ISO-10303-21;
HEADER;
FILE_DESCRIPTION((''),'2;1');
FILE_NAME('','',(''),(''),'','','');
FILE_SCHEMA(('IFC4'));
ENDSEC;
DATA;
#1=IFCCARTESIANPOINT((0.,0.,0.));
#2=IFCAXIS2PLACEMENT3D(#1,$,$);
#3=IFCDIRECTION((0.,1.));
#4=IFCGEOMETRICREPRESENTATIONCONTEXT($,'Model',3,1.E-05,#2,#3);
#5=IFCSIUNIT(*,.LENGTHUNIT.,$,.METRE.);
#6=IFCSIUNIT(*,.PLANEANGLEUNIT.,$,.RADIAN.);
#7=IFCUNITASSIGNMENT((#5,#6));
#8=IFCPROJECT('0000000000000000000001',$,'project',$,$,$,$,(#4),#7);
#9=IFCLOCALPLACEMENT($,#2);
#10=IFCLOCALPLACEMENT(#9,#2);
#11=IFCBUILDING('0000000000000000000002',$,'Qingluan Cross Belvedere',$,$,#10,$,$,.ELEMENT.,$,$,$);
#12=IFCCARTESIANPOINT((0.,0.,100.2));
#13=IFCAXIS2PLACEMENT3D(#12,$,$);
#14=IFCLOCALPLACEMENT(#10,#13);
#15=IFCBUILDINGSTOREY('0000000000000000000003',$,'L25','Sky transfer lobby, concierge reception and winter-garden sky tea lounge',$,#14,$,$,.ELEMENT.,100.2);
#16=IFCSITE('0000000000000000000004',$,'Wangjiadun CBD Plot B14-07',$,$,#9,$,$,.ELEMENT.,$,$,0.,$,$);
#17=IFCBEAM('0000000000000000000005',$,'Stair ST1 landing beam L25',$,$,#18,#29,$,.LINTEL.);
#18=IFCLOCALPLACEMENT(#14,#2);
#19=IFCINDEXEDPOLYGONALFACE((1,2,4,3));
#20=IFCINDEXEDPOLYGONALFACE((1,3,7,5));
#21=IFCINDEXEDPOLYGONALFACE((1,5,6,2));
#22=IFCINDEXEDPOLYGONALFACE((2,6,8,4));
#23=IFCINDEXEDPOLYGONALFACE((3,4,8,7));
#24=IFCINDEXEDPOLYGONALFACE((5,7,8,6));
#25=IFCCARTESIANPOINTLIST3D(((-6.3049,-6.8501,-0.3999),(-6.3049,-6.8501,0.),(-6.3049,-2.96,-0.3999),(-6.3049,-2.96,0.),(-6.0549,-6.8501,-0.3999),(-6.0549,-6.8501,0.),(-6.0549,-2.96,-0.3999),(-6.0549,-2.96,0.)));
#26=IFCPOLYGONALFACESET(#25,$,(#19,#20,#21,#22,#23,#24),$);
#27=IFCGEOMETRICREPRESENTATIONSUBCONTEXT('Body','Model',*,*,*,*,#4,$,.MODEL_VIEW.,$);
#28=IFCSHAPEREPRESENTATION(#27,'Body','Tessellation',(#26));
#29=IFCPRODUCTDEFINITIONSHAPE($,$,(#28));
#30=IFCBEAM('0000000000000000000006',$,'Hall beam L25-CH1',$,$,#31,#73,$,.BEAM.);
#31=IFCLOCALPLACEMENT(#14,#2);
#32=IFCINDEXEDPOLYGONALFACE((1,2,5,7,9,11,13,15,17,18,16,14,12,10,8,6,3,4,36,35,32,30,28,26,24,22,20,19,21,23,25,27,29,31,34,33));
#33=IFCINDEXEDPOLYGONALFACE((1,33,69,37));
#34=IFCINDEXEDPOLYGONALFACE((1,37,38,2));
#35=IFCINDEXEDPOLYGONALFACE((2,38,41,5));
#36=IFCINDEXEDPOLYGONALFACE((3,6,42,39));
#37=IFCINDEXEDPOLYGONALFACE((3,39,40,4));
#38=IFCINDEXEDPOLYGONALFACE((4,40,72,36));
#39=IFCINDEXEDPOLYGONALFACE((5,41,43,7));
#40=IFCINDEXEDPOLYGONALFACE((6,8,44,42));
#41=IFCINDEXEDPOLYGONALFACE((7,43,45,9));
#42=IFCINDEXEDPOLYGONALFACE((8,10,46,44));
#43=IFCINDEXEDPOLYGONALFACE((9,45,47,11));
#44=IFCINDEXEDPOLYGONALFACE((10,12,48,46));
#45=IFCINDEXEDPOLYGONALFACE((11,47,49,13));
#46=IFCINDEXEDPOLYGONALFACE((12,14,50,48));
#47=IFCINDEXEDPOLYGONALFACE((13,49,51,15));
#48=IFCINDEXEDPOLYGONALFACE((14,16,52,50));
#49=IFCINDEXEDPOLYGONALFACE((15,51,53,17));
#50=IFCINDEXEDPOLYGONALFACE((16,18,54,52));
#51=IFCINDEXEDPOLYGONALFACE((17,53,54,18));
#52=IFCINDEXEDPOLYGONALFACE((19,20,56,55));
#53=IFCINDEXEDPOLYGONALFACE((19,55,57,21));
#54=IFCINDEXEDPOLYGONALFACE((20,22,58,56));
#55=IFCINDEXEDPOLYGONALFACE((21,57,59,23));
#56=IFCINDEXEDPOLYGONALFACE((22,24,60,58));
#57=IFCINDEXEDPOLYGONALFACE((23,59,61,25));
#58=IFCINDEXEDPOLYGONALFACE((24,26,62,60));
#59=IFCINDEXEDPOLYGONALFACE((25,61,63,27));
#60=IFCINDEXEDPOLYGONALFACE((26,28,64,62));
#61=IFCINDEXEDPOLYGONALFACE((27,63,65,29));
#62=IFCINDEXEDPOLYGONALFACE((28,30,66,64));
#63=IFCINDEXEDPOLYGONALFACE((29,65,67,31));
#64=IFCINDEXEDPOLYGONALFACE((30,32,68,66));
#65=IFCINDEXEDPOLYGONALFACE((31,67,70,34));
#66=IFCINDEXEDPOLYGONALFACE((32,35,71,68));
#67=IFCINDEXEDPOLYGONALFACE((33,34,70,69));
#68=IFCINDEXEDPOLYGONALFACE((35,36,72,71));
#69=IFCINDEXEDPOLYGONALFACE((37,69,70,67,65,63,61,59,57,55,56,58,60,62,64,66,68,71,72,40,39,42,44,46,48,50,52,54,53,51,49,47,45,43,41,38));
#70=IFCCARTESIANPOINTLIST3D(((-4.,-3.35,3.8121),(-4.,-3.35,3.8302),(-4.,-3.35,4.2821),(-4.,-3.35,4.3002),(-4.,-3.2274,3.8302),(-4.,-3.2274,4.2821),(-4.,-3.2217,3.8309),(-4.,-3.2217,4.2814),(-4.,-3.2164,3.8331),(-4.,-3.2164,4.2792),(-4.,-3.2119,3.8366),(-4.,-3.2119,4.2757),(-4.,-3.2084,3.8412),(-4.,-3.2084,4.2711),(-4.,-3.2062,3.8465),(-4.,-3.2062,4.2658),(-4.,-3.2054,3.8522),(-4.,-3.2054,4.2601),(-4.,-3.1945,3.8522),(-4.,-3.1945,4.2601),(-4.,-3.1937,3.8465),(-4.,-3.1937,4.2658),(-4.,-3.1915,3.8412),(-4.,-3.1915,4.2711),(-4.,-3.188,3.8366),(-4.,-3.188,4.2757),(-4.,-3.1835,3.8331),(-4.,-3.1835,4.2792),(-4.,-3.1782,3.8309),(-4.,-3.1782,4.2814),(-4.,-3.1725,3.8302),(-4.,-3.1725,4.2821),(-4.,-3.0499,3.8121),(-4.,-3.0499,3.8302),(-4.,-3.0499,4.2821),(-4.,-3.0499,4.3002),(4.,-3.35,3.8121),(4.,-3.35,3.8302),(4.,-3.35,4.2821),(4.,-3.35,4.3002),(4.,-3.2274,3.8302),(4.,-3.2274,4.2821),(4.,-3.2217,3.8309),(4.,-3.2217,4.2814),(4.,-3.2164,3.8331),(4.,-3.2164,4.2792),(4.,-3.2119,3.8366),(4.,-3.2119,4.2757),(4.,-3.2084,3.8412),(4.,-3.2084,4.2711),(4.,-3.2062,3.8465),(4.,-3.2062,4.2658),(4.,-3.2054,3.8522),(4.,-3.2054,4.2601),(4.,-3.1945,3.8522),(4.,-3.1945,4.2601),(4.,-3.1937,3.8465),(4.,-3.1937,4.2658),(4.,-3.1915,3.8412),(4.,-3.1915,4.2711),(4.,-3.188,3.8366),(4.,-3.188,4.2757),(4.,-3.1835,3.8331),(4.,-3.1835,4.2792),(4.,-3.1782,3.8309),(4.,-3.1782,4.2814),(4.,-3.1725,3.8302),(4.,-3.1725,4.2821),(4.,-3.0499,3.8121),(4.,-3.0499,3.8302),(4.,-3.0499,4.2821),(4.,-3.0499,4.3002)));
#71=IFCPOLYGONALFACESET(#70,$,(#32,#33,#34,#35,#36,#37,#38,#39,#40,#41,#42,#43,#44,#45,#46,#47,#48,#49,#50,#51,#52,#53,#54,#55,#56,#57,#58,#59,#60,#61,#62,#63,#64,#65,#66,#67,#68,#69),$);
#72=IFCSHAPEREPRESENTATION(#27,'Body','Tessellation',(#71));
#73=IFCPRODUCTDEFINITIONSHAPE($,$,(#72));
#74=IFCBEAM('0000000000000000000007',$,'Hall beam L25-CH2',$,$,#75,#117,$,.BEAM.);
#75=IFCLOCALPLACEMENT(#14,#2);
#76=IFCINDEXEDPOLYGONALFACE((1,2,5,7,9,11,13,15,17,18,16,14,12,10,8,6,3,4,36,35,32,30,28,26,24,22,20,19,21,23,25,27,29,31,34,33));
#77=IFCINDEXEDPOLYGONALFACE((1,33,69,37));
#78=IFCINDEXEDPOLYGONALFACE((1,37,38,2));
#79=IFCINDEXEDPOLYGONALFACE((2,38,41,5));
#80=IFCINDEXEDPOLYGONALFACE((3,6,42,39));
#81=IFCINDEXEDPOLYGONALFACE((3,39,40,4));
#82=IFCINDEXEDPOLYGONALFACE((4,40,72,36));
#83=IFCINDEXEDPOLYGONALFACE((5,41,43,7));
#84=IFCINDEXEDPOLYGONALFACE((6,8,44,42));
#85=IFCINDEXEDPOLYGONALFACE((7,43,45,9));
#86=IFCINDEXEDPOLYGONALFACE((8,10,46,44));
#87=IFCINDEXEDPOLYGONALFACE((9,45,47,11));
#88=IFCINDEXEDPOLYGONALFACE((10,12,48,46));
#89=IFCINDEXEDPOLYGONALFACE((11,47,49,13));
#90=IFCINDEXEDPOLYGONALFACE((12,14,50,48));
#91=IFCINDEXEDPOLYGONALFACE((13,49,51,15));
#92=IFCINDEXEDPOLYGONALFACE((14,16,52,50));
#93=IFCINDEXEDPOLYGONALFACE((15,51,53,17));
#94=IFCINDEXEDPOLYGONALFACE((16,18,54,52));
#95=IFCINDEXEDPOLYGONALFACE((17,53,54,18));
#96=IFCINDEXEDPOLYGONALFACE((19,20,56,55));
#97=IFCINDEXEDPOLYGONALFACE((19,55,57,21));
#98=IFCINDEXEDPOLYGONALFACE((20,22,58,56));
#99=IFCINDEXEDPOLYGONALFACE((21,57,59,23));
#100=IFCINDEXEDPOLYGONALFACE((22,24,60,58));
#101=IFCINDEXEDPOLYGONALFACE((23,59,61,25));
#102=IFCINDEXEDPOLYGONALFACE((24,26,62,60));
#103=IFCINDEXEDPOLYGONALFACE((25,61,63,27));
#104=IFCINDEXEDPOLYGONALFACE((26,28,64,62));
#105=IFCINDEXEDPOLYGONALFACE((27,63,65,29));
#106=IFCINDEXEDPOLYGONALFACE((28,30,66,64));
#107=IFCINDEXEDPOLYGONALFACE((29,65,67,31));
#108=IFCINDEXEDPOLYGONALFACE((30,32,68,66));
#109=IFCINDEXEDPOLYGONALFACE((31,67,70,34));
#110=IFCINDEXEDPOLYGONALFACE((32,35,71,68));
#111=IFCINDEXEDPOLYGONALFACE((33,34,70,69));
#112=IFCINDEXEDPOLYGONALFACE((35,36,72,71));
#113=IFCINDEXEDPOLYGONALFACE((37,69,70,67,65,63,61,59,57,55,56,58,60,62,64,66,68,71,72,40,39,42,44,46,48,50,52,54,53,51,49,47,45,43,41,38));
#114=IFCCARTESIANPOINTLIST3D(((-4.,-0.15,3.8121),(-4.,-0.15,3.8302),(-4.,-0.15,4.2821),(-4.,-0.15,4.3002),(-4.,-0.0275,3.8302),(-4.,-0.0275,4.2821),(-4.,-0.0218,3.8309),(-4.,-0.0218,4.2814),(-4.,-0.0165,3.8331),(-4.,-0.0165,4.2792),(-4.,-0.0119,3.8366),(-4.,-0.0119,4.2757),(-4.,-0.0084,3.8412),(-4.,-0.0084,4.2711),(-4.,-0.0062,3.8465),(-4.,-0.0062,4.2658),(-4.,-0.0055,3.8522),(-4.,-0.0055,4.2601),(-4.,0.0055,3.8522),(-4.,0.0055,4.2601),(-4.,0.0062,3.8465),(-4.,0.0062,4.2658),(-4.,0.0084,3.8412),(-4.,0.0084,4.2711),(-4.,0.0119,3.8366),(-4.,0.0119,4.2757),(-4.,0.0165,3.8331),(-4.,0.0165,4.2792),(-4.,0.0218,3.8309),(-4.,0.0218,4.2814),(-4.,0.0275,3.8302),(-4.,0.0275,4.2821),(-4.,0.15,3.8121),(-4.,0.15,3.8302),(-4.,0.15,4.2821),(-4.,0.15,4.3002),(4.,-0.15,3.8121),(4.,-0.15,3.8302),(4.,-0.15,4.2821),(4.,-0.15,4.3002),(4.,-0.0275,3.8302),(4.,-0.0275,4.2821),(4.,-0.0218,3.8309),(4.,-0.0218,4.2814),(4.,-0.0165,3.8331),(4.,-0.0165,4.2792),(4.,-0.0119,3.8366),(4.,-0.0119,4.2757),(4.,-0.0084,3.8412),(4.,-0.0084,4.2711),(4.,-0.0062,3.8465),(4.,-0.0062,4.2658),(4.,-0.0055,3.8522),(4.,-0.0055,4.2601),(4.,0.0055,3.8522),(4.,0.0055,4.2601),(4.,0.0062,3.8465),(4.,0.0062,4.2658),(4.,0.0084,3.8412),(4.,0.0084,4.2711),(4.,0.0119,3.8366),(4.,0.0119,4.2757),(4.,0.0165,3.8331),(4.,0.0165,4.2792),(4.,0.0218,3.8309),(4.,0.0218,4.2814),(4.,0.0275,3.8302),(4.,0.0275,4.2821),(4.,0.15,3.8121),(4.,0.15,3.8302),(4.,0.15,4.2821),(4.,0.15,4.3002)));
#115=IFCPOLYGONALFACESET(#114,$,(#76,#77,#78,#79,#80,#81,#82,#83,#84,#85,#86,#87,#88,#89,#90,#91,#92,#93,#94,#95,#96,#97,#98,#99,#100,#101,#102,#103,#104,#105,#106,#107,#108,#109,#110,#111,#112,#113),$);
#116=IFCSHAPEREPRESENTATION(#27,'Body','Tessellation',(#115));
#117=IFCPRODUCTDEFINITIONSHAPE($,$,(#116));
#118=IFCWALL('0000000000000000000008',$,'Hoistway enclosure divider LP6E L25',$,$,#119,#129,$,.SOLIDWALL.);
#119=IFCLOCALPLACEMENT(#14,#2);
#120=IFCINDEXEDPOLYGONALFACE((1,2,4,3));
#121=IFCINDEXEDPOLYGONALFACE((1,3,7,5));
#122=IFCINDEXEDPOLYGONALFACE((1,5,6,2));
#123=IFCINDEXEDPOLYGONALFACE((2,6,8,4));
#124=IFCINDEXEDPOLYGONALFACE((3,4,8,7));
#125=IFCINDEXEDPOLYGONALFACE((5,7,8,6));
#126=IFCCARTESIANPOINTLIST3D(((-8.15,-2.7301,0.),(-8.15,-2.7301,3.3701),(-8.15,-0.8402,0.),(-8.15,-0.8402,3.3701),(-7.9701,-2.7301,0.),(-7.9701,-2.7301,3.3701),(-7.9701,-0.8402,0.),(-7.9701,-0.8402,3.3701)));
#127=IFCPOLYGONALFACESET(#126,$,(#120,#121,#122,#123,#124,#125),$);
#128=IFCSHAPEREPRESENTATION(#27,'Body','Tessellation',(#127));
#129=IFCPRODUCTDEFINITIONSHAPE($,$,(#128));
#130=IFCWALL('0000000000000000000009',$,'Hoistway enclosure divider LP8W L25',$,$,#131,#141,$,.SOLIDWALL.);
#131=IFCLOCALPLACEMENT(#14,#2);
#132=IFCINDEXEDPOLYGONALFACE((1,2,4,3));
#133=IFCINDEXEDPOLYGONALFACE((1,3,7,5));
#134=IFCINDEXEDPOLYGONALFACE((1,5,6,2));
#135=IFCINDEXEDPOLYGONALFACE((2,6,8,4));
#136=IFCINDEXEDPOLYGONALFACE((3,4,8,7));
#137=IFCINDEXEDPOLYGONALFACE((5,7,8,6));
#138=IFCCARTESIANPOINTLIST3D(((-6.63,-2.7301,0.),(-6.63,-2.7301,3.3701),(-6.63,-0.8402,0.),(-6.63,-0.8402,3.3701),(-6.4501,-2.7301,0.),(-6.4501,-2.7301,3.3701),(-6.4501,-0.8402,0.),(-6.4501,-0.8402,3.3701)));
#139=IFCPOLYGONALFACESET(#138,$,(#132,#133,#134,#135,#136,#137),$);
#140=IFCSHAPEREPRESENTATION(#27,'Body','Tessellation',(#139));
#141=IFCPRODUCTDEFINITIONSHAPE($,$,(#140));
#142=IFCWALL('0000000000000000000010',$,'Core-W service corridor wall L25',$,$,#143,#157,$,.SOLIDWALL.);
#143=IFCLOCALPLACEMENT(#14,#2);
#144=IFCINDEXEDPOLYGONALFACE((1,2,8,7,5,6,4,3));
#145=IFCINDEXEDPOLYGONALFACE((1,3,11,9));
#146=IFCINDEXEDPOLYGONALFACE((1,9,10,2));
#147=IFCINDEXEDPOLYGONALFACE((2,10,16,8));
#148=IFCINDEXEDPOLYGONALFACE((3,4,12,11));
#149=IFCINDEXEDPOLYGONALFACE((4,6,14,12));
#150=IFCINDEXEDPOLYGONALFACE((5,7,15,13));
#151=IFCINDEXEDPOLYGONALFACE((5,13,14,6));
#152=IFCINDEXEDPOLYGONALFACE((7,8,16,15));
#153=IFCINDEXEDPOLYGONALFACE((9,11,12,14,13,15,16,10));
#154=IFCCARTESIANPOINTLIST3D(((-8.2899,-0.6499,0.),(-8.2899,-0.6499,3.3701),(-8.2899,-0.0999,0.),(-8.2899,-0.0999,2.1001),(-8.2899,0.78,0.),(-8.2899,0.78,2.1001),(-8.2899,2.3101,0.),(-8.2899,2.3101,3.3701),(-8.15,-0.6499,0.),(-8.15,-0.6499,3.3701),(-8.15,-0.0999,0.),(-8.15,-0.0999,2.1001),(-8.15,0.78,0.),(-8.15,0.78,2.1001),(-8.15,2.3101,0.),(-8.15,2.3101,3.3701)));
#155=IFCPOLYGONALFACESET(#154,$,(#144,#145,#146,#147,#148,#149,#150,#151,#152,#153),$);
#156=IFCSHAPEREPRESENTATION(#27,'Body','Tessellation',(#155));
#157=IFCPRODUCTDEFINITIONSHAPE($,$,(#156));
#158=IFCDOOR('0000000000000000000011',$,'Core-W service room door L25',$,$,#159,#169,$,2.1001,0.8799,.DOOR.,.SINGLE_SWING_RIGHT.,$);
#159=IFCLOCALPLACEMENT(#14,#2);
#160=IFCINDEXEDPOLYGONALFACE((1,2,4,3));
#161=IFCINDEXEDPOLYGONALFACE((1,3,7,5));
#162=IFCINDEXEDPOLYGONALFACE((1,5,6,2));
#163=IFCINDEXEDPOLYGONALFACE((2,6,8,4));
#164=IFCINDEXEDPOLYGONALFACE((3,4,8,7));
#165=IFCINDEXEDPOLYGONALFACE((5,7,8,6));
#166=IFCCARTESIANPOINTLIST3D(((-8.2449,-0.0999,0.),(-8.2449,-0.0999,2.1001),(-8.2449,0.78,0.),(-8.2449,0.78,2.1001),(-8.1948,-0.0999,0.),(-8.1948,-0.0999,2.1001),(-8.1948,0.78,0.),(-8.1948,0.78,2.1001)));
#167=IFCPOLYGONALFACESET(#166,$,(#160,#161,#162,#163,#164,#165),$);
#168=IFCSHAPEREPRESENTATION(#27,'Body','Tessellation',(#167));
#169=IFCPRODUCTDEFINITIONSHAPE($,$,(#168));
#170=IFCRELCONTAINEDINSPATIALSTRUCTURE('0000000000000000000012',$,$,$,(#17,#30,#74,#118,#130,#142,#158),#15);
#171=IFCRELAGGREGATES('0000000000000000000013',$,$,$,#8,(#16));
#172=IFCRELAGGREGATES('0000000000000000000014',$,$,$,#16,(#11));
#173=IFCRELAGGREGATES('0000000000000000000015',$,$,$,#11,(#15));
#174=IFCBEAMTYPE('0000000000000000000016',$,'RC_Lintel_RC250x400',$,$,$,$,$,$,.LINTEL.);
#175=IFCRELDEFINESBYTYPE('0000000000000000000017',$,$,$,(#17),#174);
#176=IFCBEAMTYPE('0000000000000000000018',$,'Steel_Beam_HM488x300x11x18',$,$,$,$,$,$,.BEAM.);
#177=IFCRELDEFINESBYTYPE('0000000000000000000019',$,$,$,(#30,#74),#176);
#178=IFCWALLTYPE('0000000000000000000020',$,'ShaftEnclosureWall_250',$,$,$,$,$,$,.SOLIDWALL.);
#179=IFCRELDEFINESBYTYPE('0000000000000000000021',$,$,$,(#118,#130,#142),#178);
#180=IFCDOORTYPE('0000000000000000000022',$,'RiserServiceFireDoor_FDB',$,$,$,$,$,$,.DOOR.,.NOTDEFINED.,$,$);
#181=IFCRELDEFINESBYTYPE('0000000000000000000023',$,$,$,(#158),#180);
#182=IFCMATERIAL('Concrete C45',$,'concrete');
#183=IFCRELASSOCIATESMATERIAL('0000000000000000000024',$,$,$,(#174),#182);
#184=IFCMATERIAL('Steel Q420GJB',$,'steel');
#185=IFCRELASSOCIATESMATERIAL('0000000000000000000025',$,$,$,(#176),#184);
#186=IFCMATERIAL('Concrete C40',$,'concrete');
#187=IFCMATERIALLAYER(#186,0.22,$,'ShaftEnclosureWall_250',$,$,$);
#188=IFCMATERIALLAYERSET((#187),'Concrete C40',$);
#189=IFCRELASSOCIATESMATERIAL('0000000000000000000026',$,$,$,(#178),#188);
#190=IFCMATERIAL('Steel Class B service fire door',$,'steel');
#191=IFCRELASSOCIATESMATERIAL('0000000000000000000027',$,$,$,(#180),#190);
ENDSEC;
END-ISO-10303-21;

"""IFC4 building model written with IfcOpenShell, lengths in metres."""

from ifc_helpers import new_model, si_unit, direction, frame, frame_2d, origin, origin_2d, place, context, subcontext, project, spatial, rectangle, i_section, extrude, material, layer, layer_set, material_profile, profile_set, type_object, element, fill, save


model = new_model("IFC4")

# Units and contexts
model_context = context("Model", 3, precision=1e-05, world=origin(), true_north=direction((0.0, 1.0)))
body_context = subcontext(model_context, "Body", "Model", "MODEL_VIEW")
ifc_project = project(units=[si_unit("LENGTHUNIT", "METRE"), si_unit("PLANEANGLEUNIT", "RADIAN")], contexts=[model_context])

# Site, building, storey
site_placement = place(None, origin())
site = spatial("IfcSite", under=ifc_project, at=site_placement, Name="Wangjiadun CBD Plot B14-07", CompositionType="ELEMENT", RefElevation=0.0)
building_placement = place(site_placement, origin())
building = spatial("IfcBuilding", under=site, at=building_placement, Name="Qingluan Cross Belvedere", CompositionType="ELEMENT")
storey_placement = place(building_placement, frame((0.0, 0.0, 100.2)))
storey = spatial("IfcBuildingStorey", under=building, at=storey_placement, Name="L25", Description="Sky transfer lobby, concierge reception and winter-garden sky tea lounge", CompositionType="ELEMENT", Elevation=100.2)

# Beams
ifc_material_1 = material(Name="Concrete C45", Category="concrete")
ifc_material_profile_1 = material_profile(ifc_material_1, rectangle(XDim=0.25, YDim=0.3999, at=origin_2d()), Name="RC250x400")
ifc_profile_set_1 = profile_set([ifc_material_profile_1], Name="Concrete C45")
beam_type_1 = type_object("IfcBeamType", Name="RC_Lintel_RC250x400", PredefinedType="LINTEL", material=ifc_profile_set_1)
beam_placement = place(storey_placement, frame((-6.1799, -6.8501, -0.2), z_axis=(0.0, 1.0, 0.0), x_axis=(-1.0, 0.0, 0.0)))
element("IfcBeam", 1, at=beam_placement, inside=storey, type_object=beam_type_1, Name="Stair ST1 landing beam L25", PredefinedType="LINTEL", context=body_context, shape_type="SweptSolid", body=[
    extrude(rectangle(XDim=0.25, YDim=0.3999, at=origin_2d()), origin(), (0.0, 0.0, 1.0), 3.8901),
])
ifc_material_2 = material(Name="Steel Q420GJB", Category="steel")
ifc_material_profile_2 = material_profile(ifc_material_2, i_section(OverallWidth=0.3, OverallDepth=0.488, WebThickness=0.011, FlangeThickness=0.0181, FilletRadius=0.022, at=origin_2d()), Name="HM488x300x11x18")
ifc_profile_set_2 = profile_set([ifc_material_profile_2], Name="Steel Q420GJB")
beam_type_2 = type_object("IfcBeamType", Name="Steel_Beam_HM488x300x11x18", PredefinedType="BEAM", material=ifc_profile_set_2)
for number, where, z_axis, x_axis, name in (
    (2, (-4.0, -3.2, 4.0562), (1.0, 0.0, 0.0), (0.0, 1.0, 0.0), "Hall beam L25-CH1"),
    (3, (-4.0, 0.0, 4.0562), (1.0, 0.0, 0.0), (0.0, 1.0, 0.0), "Hall beam L25-CH2"),
):
    element("IfcBeam", number, at=place(storey_placement, frame(where, z_axis=z_axis, x_axis=x_axis)), inside=storey, type_object=beam_type_2, Name=name, PredefinedType="BEAM", context=body_context, shape_type="SweptSolid", body=[
        extrude(i_section(OverallWidth=0.3, OverallDepth=0.488, WebThickness=0.011, FlangeThickness=0.0181, FilletRadius=0.022, at=origin_2d()), origin(), (0.0, 0.0, 1.0), 8.0),
    ])

# Walls
ifc_material_3 = material(Name="Concrete C40", Category="concrete")
ifc_layer_1 = layer(ifc_material_3, 0.22, Name="ShaftEnclosureWall_250")
ifc_layer_set_1 = layer_set([ifc_layer_1], Name="Concrete C40")
wall_type_1 = type_object("IfcWallType", Name="ShaftEnclosureWall_250", PredefinedType="SOLIDWALL", material=ifc_layer_set_1)
for number, where, z_axis, x_axis, name in (
    (4, (-8.0601, -2.73, 0.0), (0.0, 0.0, 1.0), (0.0, 1.0, 0.0), "Hoistway enclosure divider LP6E L25"),
    (5, (-6.54, -2.73, 0.0), (0.0, 0.0, 1.0), (0.0, 1.0, 0.0), "Hoistway enclosure divider LP8W L25"),
):
    element("IfcWall", number, at=place(storey_placement, frame(where, z_axis=z_axis, x_axis=x_axis)), inside=storey, type_object=wall_type_1, Name=name, PredefinedType="SOLIDWALL", context=body_context, shape_type="SweptSolid", body=[
        extrude(rectangle(XDim=1.8899, YDim=0.1799, at=frame_2d((0.9448, 0.0))), origin(), (0.0, 0.0, 1.0), 3.3701),
    ])

# Wall, opening, door
wall_1_placement = place(storey_placement, frame((-8.22, -0.6499, 0.0), z_axis=(0.0, 0.0, 1.0), x_axis=(0.0, 1.0, 0.0)))
wall_1 = element("IfcWall", 6, at=wall_1_placement, inside=storey, type_object=wall_type_1, Name="Core-W service corridor wall L25", PredefinedType="SOLIDWALL", context=body_context, shape_type="SweptSolid", body=[
    extrude(rectangle(XDim=2.96, YDim=0.1399, at=frame_2d((1.48, 0.0))), origin(), (0.0, 0.0, 1.0), 3.3701),
])
opening_1_placement = place(wall_1_placement, frame((0.55, 0.0, 0.0)))
opening_1 = element("IfcOpeningElement", 7, at=opening_1_placement, cuts=wall_1, PredefinedType="OPENING", context=body_context, shape_type="SweptSolid", body=[
    extrude(rectangle(XDim=0.8799, YDim=2.1001, at=frame_2d((0.4399, 1.05))), frame((0.0, 0.0798, 0.0), z_axis=(0.0, -1.0, 0.0), x_axis=(1.0, 0.0, 0.0)), (0.0, 0.0, 1.0), 0.1599),
])
ifc_material_4 = material(Name="Steel Class B service fire door", Category="steel")
door_type_1 = type_object("IfcDoorType", Name="RiserServiceFireDoor_FDB", OperationType="NOTDEFINED", PredefinedType="DOOR", material=ifc_material_4)
door_1_placement = place(opening_1_placement, origin())
door_1 = element("IfcDoor", 8, at=door_1_placement, inside=storey, type_object=door_type_1, Name="Core-W service room door L25", OperationType="SINGLE_SWING_RIGHT", OverallHeight=2.1001, OverallWidth=0.8799, PredefinedType="DOOR", context=body_context, shape_type="SweptSolid", body=[
    extrude(rectangle(XDim=0.8799, YDim=2.1001, at=frame_2d((0.4399, 1.05))), frame((0.0, 0.0249, 0.0), z_axis=(0.0, -1.0, 0.0), x_axis=(1.0, 0.0, 0.0)), (0.0, 0.0, 1.0), 0.05),
])
fill(opening_1, door_1)

save(model, "model.ifc")
